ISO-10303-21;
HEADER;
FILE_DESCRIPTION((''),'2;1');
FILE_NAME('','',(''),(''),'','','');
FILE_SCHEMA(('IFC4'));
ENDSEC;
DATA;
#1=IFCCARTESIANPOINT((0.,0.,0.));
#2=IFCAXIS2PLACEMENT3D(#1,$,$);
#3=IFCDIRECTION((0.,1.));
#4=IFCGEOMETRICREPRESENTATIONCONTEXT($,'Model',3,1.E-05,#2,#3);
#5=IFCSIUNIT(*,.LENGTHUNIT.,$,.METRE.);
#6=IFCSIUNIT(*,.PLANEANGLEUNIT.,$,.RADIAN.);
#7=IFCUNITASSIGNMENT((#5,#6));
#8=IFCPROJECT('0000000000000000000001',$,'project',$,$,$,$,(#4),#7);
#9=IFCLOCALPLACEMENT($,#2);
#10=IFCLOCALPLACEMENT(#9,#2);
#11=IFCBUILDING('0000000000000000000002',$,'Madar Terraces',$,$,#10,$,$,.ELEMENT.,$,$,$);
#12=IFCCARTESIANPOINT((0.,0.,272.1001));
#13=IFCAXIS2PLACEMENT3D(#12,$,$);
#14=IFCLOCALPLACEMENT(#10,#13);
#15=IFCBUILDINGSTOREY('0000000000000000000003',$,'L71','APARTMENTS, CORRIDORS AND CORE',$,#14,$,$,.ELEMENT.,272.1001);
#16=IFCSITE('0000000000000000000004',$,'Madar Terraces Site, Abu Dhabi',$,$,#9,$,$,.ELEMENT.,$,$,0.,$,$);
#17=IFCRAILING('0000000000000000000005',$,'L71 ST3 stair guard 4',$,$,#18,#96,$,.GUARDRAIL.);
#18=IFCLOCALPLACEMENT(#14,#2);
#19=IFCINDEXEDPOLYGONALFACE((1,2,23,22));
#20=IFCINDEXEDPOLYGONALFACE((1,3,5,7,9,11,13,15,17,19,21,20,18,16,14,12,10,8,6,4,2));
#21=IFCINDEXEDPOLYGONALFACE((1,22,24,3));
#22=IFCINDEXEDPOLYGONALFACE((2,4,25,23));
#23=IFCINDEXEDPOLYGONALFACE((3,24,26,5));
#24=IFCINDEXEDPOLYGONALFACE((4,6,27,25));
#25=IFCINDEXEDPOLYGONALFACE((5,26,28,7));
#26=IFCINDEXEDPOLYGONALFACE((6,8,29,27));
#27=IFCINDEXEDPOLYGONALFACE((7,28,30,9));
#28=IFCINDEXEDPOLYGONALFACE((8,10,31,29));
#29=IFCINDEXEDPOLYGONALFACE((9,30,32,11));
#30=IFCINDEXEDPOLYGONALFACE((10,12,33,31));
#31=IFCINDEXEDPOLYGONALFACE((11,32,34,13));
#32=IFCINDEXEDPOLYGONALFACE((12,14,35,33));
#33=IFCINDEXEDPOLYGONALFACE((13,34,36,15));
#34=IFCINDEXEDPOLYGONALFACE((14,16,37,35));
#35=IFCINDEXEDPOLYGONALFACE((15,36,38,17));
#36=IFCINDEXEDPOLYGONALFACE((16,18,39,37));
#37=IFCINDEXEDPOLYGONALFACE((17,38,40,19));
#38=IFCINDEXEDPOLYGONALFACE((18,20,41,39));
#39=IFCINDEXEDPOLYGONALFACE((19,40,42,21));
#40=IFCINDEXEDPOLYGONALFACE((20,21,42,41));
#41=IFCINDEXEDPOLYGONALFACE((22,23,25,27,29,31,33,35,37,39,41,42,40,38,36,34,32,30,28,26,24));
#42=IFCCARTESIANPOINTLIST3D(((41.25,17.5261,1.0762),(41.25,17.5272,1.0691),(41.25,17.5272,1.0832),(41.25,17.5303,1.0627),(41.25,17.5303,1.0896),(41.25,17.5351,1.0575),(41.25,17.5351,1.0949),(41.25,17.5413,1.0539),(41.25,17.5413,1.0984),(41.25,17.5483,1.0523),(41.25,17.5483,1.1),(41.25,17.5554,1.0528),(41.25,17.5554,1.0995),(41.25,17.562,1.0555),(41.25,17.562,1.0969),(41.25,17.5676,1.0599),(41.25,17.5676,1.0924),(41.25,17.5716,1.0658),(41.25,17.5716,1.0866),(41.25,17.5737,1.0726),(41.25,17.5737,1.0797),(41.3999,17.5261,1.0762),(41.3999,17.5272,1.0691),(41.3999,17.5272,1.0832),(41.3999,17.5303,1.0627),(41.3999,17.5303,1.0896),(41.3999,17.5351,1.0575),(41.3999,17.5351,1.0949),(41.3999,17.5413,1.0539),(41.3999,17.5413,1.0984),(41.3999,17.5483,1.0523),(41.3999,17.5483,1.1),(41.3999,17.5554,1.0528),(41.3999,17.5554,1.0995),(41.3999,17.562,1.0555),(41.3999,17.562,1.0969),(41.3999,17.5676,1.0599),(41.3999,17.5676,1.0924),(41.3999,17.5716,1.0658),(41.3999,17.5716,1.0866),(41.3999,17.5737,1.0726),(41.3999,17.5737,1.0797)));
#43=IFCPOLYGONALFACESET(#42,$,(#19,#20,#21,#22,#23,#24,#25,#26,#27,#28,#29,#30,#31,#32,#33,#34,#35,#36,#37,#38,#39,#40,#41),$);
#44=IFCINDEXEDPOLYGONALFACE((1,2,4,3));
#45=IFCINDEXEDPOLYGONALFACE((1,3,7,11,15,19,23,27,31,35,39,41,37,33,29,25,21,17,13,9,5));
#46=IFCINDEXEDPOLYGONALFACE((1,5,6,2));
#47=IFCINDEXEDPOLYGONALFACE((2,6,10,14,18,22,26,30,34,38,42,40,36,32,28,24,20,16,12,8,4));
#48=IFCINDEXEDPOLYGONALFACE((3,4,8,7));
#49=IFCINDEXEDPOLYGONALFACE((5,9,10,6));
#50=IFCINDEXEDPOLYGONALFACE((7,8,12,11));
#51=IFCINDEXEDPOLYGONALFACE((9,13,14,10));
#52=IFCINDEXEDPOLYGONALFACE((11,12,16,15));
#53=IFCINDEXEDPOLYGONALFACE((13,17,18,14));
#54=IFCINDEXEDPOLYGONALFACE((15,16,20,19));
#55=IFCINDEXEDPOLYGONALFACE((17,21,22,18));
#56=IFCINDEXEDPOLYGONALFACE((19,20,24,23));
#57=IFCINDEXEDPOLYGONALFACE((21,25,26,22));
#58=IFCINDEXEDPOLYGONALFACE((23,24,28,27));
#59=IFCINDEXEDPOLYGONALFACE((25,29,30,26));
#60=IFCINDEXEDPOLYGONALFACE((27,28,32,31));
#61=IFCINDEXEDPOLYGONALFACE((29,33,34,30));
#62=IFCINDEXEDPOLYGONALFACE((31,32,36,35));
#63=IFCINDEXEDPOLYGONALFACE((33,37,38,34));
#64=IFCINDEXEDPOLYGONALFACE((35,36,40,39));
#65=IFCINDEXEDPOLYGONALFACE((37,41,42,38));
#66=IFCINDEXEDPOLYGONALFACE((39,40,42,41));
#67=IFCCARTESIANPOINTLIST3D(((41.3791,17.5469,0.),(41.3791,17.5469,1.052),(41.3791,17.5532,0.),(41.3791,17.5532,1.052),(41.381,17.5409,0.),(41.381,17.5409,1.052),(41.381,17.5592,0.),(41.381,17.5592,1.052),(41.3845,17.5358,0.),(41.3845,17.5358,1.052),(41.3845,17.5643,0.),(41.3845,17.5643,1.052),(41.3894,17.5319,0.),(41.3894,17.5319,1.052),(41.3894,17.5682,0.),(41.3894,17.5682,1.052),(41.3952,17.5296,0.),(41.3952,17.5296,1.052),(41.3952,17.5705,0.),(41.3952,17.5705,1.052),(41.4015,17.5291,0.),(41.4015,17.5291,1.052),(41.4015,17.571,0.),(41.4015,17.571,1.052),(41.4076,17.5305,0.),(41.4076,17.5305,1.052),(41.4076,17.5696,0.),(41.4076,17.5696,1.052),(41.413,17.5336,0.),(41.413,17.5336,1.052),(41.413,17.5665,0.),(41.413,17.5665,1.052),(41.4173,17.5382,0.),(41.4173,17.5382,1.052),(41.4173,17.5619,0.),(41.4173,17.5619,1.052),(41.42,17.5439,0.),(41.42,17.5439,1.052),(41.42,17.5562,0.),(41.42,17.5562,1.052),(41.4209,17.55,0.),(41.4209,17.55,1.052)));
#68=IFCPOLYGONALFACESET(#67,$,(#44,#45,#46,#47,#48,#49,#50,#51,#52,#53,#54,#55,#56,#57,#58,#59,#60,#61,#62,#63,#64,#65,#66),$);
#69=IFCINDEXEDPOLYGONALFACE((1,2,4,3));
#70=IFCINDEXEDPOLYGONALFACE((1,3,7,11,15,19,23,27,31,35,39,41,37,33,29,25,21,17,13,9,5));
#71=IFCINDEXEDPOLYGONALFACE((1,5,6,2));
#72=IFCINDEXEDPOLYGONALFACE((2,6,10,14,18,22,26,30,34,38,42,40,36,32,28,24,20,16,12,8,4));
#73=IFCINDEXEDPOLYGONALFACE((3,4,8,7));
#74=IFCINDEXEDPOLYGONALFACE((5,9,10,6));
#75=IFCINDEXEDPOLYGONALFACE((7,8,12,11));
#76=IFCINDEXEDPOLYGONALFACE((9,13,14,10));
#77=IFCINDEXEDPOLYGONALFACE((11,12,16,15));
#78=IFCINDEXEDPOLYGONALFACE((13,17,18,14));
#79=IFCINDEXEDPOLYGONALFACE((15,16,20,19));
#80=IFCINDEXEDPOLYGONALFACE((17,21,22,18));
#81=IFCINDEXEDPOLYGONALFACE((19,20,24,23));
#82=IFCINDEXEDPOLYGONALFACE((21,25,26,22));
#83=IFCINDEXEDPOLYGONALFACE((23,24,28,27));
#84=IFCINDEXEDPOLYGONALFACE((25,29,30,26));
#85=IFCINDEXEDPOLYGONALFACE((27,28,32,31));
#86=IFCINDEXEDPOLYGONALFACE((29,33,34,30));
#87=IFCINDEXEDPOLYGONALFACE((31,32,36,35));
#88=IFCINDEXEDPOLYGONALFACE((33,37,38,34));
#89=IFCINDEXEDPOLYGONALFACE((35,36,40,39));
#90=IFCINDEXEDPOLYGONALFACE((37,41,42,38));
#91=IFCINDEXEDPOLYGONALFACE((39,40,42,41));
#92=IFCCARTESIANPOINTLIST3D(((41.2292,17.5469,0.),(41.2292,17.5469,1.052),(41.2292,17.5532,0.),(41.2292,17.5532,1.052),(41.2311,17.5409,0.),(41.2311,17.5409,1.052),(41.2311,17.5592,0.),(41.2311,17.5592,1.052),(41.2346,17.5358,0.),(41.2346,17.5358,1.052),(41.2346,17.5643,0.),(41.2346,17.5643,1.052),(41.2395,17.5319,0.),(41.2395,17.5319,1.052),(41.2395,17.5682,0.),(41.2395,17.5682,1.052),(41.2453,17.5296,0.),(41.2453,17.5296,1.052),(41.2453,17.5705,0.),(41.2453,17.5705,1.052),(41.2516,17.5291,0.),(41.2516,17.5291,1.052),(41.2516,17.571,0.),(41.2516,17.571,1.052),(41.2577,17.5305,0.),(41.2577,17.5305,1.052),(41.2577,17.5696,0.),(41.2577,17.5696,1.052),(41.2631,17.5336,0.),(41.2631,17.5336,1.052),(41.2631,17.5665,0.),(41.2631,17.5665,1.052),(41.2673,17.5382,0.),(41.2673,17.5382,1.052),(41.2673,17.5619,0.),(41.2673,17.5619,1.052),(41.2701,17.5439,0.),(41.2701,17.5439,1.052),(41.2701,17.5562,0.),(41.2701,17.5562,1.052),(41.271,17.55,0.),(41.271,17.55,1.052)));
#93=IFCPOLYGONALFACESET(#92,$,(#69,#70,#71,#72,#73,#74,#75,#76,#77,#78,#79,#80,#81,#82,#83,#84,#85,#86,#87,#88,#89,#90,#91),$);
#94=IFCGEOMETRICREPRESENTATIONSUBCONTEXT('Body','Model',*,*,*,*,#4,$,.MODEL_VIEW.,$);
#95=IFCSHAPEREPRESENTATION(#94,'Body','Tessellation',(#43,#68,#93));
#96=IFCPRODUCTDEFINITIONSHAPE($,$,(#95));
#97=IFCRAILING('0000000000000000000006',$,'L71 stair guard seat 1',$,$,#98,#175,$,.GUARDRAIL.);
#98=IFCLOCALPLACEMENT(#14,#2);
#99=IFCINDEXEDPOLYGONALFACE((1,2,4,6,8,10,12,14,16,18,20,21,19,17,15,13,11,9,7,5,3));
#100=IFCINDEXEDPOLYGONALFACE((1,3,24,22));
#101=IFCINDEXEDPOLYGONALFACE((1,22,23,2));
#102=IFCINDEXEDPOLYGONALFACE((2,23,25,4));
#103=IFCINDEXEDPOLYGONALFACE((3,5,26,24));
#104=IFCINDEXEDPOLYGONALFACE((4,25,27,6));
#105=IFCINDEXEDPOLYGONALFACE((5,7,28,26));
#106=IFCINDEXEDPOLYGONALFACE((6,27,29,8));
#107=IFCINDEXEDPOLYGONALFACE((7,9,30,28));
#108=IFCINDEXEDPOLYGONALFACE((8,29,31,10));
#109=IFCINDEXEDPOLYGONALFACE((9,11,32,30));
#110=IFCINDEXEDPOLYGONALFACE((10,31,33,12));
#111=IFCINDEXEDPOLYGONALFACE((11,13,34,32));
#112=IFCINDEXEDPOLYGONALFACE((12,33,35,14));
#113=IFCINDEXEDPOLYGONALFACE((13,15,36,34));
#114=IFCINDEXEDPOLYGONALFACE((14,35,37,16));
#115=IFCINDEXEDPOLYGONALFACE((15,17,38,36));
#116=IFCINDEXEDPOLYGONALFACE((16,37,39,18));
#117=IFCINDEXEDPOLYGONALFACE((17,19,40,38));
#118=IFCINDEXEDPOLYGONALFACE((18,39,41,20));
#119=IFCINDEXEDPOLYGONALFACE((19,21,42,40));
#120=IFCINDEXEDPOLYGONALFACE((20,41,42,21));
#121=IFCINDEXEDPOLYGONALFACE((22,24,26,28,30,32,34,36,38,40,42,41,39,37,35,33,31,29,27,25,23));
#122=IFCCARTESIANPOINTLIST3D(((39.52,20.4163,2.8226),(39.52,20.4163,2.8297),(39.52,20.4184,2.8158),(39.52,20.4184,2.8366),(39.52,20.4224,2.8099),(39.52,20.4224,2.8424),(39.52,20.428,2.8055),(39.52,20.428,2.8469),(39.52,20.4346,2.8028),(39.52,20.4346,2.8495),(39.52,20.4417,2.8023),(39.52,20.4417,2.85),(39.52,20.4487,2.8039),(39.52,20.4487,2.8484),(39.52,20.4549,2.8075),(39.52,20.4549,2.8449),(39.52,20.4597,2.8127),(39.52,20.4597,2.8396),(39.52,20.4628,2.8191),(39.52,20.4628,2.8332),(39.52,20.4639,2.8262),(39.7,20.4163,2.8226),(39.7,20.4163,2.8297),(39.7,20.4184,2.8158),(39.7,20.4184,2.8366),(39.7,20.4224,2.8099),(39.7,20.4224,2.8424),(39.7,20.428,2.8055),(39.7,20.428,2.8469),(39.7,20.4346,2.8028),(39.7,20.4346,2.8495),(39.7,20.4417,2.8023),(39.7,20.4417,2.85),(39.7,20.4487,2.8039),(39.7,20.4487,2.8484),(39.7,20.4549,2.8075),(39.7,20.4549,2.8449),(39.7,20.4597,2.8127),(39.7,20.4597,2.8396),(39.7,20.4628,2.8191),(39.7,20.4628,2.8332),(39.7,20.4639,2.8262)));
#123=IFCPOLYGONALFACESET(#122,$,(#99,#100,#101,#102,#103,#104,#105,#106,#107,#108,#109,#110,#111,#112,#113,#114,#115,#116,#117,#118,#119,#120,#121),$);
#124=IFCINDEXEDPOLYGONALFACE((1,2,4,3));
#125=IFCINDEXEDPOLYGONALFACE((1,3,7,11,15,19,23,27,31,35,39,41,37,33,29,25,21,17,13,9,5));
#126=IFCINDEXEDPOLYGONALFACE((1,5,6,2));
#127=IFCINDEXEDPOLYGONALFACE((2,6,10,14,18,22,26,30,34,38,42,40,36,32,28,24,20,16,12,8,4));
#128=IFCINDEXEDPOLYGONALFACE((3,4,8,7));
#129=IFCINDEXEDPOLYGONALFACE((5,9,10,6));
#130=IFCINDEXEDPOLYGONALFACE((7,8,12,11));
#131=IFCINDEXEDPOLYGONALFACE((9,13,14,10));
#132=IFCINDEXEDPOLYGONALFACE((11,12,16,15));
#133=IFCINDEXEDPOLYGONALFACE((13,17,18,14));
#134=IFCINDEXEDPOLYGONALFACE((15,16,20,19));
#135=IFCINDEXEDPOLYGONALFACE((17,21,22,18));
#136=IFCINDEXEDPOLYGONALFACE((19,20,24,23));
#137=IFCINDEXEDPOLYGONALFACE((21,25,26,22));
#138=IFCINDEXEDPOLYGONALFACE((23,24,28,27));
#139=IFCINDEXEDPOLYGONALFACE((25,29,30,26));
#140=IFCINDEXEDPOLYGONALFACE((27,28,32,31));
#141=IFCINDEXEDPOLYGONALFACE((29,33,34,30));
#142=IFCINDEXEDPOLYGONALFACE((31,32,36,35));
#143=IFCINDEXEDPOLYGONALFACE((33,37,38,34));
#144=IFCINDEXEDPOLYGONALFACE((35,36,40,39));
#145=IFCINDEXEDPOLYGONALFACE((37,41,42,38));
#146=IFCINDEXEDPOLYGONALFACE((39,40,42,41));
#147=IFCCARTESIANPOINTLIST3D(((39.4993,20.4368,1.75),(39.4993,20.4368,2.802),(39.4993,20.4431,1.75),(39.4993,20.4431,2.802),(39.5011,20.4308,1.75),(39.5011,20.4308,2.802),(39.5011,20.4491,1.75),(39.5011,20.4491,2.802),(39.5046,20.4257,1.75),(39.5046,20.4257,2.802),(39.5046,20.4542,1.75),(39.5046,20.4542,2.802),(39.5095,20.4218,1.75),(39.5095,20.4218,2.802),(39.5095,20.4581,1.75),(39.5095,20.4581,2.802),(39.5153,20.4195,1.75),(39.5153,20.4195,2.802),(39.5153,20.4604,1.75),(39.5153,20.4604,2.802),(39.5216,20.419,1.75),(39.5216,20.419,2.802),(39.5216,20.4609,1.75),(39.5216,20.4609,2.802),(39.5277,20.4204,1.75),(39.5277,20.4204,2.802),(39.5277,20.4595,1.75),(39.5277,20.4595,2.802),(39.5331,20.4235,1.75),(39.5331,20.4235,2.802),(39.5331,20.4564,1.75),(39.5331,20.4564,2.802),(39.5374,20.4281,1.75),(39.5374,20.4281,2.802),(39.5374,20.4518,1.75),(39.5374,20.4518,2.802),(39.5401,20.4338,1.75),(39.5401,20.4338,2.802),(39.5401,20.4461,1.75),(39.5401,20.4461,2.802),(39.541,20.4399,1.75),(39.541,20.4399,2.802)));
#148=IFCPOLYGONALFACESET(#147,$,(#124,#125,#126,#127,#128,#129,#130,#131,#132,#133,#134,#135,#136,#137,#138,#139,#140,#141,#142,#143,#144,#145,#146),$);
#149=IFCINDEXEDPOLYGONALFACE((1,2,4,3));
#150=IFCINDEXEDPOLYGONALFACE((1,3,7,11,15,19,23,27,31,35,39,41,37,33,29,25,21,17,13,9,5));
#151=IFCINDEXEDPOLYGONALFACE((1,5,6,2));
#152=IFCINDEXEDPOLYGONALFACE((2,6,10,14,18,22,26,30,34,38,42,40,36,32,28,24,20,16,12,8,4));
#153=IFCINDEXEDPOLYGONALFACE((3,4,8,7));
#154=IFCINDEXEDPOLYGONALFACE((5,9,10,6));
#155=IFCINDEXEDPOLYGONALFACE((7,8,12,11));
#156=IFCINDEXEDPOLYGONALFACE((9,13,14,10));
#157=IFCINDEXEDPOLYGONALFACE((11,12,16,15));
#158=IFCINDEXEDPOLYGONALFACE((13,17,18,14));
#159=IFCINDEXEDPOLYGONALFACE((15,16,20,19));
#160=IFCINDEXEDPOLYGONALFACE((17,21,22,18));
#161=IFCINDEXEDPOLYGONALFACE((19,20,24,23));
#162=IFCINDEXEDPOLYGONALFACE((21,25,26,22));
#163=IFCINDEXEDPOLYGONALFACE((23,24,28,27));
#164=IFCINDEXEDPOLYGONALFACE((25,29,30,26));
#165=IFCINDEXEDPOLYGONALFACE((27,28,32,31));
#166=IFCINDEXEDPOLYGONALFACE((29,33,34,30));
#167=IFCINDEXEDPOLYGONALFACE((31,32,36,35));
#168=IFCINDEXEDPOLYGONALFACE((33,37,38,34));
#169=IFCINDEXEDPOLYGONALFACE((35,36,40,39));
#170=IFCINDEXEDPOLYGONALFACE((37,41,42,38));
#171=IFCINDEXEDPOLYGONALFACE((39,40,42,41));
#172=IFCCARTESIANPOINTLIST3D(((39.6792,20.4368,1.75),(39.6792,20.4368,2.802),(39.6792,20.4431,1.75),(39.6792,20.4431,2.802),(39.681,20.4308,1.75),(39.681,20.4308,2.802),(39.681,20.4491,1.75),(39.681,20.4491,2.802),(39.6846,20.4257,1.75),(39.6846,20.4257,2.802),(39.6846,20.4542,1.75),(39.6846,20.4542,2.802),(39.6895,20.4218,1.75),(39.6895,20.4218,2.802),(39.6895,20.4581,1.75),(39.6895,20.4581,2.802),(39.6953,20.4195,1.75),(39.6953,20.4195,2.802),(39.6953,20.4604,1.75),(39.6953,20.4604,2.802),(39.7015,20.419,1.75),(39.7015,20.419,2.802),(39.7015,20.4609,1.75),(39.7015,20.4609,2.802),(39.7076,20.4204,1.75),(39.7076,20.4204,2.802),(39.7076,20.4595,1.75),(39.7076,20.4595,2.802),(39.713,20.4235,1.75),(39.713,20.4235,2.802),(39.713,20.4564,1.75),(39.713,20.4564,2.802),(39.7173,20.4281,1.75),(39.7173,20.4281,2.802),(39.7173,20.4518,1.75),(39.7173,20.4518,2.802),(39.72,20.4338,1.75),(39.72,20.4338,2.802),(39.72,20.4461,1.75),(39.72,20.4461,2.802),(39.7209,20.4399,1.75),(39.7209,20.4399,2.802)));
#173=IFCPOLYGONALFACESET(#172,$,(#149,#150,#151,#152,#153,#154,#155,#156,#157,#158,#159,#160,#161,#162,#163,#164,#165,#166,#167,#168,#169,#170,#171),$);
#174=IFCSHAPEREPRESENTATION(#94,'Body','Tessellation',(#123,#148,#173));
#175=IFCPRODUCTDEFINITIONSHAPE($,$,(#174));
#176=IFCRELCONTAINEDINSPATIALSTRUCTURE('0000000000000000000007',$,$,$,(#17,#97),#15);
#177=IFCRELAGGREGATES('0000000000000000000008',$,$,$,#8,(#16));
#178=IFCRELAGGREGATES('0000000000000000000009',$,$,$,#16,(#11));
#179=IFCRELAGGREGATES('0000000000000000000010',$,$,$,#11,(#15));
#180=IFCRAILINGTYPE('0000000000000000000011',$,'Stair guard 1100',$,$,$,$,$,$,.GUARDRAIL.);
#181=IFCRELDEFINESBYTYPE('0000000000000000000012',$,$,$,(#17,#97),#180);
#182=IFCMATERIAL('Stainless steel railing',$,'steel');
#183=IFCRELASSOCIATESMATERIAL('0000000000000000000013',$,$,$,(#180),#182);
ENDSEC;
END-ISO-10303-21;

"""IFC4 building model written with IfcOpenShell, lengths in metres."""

from ifc_helpers import new_model, si_unit, direction, frame, origin, origin_2d, place, context, subcontext, project, spatial, circle, extrude, material, type_object, element, save


model = new_model("IFC4")

# Units and contexts
model_context = context("Model", 3, precision=1e-05, world=origin(), true_north=direction((0.0, 1.0)))
body_context = subcontext(model_context, "Body", "Model", "MODEL_VIEW")
ifc_project = project(units=[si_unit("LENGTHUNIT", "METRE"), si_unit("PLANEANGLEUNIT", "RADIAN")], contexts=[model_context])

# Site, building, storey
site_placement = place(None, origin())
site = spatial("IfcSite", under=ifc_project, at=site_placement, Name="Madar Terraces Site, Abu Dhabi", CompositionType="ELEMENT", RefElevation=0.0)
building_placement = place(site_placement, origin())
building = spatial("IfcBuilding", under=site, at=building_placement, Name="Madar Terraces", CompositionType="ELEMENT")
storey_placement = place(building_placement, frame((0.0, 0.0, 272.1001)))
storey = spatial("IfcBuildingStorey", under=building, at=storey_placement, Name="L71", Description="APARTMENTS, CORRIDORS AND CORE", CompositionType="ELEMENT", Elevation=272.1001)

# Railings
ifc_material_1 = material(Name="Stainless steel railing", Category="steel")
railing_type_1 = type_object("IfcRailingType", Name="Stair guard 1100", PredefinedType="GUARDRAIL", material=ifc_material_1)
railing_1_placement = place(storey_placement, frame((41.3999, 17.55, 0.0)))
element("IfcRailing", 1, at=railing_1_placement, inside=storey, type_object=railing_type_1, Name="L71 ST3 stair guard 4", PredefinedType="GUARDRAIL", context=body_context, shape_type="SweptSolid", body=[
    extrude(circle(Radius=0.0239, at=origin_2d()), frame((0.0, 0.0, 1.0762), z_axis=(-1.0, 0.0, 0.0), x_axis=(0.0, -1.0, 0.0)), (0.0, 0.0, 1.0), 0.1499),
    extrude(circle(Radius=0.021, at=origin_2d()), origin(), (0.0, 0.0, 1.0), 1.052),
    extrude(circle(Radius=0.021, at=origin_2d()), frame((-0.1499, 0.0, 0.0)), (0.0, 0.0, 1.0), 1.052),
])
for number, where, name in (
    (2, (39.52, 20.4399, 1.75), "L71 stair guard seat 1"),
):
    element("IfcRailing", number, at=place(storey_placement, frame(where)), inside=storey, type_object=railing_type_1, Name=name, PredefinedType="GUARDRAIL", context=body_context, shape_type="SweptSolid", body=[
        extrude(circle(Radius=0.0239, at=origin_2d()), frame((0.0, 0.0, 1.0762), z_axis=(1.0, 0.0, 0.0), x_axis=(0.0, 1.0, 0.0)), (0.0, 0.0, 1.0), 0.1799),
        extrude(circle(Radius=0.021, at=origin_2d()), origin(), (0.0, 0.0, 1.0), 1.052),
        extrude(circle(Radius=0.021, at=origin_2d()), frame((0.1799, 0.0, 0.0)), (0.0, 0.0, 1.0), 1.052),
    ])

save(model, "model.ifc")
